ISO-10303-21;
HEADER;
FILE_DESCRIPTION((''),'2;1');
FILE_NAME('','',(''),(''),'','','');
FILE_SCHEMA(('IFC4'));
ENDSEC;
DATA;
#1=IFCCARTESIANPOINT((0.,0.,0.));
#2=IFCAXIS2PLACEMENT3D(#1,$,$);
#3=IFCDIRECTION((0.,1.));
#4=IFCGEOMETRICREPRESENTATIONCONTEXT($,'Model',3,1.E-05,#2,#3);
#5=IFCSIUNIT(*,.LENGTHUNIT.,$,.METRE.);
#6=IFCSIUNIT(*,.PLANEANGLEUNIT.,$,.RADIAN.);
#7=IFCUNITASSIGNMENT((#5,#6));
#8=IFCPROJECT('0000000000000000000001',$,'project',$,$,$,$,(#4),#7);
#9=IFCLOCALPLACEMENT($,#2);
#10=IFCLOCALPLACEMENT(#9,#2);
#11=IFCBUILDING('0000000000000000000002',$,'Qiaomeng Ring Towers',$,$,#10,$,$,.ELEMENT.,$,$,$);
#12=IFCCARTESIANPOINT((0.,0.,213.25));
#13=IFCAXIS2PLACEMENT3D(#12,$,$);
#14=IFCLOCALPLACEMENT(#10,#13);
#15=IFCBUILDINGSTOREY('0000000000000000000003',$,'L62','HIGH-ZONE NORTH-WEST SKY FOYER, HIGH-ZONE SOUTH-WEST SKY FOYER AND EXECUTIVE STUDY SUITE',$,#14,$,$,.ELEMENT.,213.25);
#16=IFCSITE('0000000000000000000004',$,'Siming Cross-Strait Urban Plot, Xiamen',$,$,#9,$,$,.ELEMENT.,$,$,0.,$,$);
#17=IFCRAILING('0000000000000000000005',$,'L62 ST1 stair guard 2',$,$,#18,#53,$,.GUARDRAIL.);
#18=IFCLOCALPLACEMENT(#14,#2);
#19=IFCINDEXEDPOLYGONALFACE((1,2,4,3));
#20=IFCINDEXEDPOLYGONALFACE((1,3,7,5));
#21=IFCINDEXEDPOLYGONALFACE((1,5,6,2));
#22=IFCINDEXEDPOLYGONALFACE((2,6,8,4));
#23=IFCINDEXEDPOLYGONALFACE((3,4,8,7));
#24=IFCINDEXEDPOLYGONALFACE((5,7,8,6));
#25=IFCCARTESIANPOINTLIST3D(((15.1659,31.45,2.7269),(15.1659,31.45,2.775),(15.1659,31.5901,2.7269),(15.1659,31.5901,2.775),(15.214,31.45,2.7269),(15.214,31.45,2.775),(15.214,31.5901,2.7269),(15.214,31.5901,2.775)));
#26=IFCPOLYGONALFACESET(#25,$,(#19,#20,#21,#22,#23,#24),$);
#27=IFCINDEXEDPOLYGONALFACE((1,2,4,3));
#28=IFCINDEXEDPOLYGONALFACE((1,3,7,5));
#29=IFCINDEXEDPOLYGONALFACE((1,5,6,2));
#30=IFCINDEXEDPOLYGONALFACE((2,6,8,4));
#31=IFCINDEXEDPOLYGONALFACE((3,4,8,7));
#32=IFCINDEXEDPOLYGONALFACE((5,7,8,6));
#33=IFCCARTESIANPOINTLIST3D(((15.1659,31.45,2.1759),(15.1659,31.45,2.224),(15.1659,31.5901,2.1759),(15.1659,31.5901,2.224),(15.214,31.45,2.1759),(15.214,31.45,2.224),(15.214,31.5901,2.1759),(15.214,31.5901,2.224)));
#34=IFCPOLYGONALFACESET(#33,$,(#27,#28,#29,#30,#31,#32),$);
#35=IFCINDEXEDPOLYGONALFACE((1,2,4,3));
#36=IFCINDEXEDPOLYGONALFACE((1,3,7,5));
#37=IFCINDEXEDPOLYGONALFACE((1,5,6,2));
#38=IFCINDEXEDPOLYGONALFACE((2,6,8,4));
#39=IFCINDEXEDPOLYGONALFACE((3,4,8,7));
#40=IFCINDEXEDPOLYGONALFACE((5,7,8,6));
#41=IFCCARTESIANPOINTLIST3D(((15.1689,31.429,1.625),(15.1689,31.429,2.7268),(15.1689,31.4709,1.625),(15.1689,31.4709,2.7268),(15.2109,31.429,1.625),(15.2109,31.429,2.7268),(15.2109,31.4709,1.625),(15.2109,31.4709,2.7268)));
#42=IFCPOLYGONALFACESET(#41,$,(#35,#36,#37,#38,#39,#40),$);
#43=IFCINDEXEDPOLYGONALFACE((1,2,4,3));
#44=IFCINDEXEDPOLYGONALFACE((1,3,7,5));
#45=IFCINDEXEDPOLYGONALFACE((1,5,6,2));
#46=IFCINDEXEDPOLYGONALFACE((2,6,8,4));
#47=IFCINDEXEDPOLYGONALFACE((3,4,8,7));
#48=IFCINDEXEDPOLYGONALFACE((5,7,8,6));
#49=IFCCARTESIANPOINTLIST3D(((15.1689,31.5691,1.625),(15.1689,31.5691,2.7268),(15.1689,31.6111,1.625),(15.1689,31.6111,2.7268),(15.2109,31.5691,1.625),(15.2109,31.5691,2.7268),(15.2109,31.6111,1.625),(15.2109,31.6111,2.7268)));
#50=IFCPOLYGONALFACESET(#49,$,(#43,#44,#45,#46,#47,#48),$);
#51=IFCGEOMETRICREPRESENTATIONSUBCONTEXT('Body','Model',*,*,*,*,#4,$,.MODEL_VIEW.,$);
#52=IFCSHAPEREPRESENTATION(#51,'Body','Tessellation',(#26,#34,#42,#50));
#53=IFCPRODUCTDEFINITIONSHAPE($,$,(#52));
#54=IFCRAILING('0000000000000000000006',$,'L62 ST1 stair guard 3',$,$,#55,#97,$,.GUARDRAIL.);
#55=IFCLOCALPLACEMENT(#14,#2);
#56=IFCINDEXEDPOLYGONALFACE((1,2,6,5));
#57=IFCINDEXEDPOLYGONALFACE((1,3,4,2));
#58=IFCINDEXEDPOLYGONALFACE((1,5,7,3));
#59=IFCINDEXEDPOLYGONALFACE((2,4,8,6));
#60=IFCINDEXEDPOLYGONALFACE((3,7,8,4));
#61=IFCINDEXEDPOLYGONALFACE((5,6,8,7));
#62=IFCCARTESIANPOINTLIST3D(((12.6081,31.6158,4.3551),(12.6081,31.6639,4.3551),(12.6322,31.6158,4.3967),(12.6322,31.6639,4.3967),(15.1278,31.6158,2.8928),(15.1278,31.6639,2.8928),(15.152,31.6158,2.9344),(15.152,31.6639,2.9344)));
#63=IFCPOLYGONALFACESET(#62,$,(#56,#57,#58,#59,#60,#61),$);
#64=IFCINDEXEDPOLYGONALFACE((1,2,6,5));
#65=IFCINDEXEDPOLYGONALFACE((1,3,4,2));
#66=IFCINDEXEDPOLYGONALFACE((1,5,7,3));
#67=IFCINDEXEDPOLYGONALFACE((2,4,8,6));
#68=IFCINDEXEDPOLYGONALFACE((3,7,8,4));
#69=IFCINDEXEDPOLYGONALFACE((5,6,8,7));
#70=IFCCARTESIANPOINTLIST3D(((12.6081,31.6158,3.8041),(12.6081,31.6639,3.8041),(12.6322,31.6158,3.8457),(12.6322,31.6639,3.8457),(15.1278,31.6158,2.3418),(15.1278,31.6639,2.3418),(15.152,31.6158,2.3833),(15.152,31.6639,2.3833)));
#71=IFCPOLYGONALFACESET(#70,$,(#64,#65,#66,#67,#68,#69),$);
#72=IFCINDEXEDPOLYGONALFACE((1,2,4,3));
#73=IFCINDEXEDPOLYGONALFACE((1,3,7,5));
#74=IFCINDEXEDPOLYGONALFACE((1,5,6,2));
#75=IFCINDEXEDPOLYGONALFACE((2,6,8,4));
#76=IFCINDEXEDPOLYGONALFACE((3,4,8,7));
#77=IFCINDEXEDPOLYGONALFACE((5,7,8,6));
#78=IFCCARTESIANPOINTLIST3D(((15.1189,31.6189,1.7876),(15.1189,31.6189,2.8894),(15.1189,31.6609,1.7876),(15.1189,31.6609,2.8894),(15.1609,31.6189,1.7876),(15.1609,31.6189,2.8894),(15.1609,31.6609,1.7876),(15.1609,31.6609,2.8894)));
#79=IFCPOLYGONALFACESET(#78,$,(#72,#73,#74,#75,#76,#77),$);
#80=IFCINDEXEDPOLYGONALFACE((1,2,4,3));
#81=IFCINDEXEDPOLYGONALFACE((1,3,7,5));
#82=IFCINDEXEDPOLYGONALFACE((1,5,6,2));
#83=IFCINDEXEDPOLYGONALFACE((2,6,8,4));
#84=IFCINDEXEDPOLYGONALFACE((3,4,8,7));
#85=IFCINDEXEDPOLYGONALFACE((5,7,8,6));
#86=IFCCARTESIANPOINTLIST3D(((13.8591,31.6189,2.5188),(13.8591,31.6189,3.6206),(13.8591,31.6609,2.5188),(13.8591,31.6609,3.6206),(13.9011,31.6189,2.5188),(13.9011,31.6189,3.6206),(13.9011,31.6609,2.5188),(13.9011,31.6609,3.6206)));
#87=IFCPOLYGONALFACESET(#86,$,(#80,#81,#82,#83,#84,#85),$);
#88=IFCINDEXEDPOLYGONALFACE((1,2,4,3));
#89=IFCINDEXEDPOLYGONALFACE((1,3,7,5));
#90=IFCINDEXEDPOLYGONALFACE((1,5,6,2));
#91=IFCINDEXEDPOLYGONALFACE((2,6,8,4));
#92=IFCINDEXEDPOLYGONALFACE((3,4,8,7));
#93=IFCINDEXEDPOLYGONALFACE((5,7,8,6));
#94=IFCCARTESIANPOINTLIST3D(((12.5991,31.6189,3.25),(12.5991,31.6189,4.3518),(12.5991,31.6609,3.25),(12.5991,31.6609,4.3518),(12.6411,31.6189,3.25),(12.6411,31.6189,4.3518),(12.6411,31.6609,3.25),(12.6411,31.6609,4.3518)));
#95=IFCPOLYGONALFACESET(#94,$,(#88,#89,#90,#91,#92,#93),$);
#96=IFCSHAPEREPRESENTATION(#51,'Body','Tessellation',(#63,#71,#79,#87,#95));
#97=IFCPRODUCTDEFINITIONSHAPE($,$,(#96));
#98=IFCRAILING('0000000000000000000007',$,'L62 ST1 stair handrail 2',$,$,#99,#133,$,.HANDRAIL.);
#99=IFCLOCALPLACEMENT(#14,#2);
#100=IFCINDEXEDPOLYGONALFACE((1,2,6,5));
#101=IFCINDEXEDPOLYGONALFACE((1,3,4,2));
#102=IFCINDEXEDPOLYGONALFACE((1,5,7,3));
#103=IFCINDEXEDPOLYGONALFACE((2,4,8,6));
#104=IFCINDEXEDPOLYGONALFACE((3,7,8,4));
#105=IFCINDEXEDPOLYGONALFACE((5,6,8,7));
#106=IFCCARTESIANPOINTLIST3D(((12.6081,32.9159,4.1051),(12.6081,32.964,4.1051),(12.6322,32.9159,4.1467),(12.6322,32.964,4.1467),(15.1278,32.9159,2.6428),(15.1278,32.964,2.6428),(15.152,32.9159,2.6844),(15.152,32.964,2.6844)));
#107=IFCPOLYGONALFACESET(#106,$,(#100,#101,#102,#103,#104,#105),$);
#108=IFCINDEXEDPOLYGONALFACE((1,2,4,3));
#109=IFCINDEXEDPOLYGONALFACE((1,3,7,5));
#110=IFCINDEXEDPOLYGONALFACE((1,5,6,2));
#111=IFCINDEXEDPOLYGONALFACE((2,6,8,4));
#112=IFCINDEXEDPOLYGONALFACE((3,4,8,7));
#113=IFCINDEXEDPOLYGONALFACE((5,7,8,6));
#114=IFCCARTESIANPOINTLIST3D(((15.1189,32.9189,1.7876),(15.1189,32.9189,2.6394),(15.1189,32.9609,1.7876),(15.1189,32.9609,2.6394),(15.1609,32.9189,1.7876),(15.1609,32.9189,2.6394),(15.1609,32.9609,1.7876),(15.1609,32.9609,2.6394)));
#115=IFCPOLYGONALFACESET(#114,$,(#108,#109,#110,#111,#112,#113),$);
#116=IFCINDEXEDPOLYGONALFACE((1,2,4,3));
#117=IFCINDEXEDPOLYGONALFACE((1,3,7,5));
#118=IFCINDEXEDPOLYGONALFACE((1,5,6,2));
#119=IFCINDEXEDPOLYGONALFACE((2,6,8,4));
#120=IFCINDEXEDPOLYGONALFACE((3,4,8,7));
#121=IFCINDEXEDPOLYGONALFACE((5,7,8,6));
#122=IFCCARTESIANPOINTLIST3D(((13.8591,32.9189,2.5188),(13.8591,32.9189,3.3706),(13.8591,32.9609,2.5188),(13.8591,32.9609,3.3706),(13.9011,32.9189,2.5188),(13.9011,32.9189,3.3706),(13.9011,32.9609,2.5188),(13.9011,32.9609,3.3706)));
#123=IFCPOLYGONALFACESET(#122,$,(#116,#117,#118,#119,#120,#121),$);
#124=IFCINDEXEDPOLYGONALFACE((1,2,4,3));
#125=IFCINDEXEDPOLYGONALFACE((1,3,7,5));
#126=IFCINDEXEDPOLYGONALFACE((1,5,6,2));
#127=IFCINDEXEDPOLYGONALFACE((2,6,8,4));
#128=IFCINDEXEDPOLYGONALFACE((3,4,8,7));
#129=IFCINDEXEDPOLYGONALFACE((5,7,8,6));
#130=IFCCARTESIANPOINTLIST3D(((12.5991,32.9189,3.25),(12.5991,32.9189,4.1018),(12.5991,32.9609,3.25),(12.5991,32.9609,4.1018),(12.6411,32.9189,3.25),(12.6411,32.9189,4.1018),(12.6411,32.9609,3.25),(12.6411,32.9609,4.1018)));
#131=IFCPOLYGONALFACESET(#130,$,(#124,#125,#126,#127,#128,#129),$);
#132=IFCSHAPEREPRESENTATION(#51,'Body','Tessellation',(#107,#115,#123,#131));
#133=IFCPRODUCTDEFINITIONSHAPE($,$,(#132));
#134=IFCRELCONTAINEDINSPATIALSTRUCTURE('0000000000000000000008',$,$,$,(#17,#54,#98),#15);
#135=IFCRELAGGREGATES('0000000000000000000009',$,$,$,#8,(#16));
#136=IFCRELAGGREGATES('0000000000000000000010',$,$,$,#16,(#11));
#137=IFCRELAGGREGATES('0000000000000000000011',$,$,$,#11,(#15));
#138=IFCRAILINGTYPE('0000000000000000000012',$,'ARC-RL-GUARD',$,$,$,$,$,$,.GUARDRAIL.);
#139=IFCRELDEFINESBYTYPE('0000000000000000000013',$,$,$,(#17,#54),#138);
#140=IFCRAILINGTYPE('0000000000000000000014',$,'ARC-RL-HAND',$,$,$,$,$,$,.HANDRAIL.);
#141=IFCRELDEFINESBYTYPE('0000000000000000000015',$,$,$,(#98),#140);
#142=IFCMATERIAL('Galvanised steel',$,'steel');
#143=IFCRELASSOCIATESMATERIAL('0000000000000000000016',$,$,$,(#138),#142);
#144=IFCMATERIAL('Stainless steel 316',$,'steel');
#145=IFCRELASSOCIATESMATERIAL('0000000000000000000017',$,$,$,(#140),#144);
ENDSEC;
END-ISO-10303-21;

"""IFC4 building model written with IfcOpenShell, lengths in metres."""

from ifc_helpers import new_model, si_unit, direction, frame, origin, origin_2d, place, context, subcontext, project, spatial, rectangle, extrude, material, type_object, element, save


model = new_model("IFC4")

# Units and contexts
model_context = context("Model", 3, precision=1e-05, world=origin(), true_north=direction((0.0, 1.0)))
body_context = subcontext(model_context, "Body", "Model", "MODEL_VIEW")
ifc_project = project(units=[si_unit("LENGTHUNIT", "METRE"), si_unit("PLANEANGLEUNIT", "RADIAN")], contexts=[model_context])

# Site, building, storey
site_placement = place(None, origin())
site = spatial("IfcSite", under=ifc_project, at=site_placement, Name="Siming Cross-Strait Urban Plot, Xiamen", CompositionType="ELEMENT", RefElevation=0.0)
building_placement = place(site_placement, origin())
building = spatial("IfcBuilding", under=site, at=building_placement, Name="Qiaomeng Ring Towers", CompositionType="ELEMENT")
storey_placement = place(building_placement, frame((0.0, 0.0, 213.25)))
storey = spatial("IfcBuildingStorey", under=building, at=storey_placement, Name="L62", Description="HIGH-ZONE NORTH-WEST SKY FOYER, HIGH-ZONE SOUTH-WEST SKY FOYER AND EXECUTIVE STUDY SUITE", CompositionType="ELEMENT", Elevation=213.25)

# Shared definitions
ifc_material_1 = material(Name="Galvanised steel", Category="steel")

# Shared definitions
ifc_material_2 = material(Name="Stainless steel 316", Category="steel")

# Railings
railing_type_1 = type_object("IfcRailingType", Name="ARC-RL-GUARD", PredefinedType="GUARDRAIL", material=ifc_material_1)
railing_1_placement = place(storey_placement, frame((15.1899, 31.45, 1.625)))
element("IfcRailing", 1, at=railing_1_placement, inside=storey, type_object=railing_type_1, Name="L62 ST1 stair guard 2", PredefinedType="GUARDRAIL", context=body_context, shape_type="SweptSolid", body=[
    extrude(rectangle(XDim=0.0481, YDim=0.0481, at=origin_2d()), frame((0.0, 0.0, 1.126), z_axis=(0.0, 1.0, 0.0), x_axis=(-1.0, 0.0, 0.0)), (0.0, 0.0, 1.0), 0.1401),
    extrude(rectangle(XDim=0.0481, YDim=0.0481, at=origin_2d()), frame((0.0, 0.0, 0.575), z_axis=(0.0, 1.0, 0.0), x_axis=(-1.0, 0.0, 0.0)), (0.0, 0.0, 1.0), 0.1401),
    extrude(rectangle(XDim=0.042, YDim=0.042, at=origin_2d()), origin(), (0.0, 0.0, 1.0), 1.1018),
    extrude(rectangle(XDim=0.042, YDim=0.042, at=origin_2d()), frame((0.0, 0.1401, 0.0)), (0.0, 0.0, 1.0), 1.1018),
])
railing_2_placement = place(storey_placement, frame((15.1399, 31.6399, 1.7876)))
element("IfcRailing", 2, at=railing_2_placement, inside=storey, type_object=railing_type_1, Name="L62 ST1 stair guard 3", PredefinedType="GUARDRAIL", context=body_context, shape_type="SweptSolid", body=[
    extrude(rectangle(XDim=0.0481, YDim=0.0481, at=origin_2d()), frame((0.0, 0.0, 1.126), z_axis=(-0.864892, 0.0, 0.501958), x_axis=(0.0, -1.0, 0.0)), (0.0, 0.0, 1.0), 2.9133),
    extrude(rectangle(XDim=0.0481, YDim=0.0481, at=origin_2d()), frame((0.0, 0.0, 0.575), z_axis=(-0.864892, 0.0, 0.501958), x_axis=(0.0, -1.0, 0.0)), (0.0, 0.0, 1.0), 2.9133),
    extrude(rectangle(XDim=0.042, YDim=0.042, at=origin_2d()), origin(), (0.0, 0.0, 1.0), 1.1018),
    extrude(rectangle(XDim=0.042, YDim=0.042, at=origin_2d()), frame((-1.2598, 0.0, 0.7312)), (0.0, 0.0, 1.0), 1.1018),
    extrude(rectangle(XDim=0.042, YDim=0.042, at=origin_2d()), frame((-2.5198, 0.0, 1.4624)), (0.0, 0.0, 1.0), 1.1018),
])
railing_type_2 = type_object("IfcRailingType", Name="ARC-RL-HAND", PredefinedType="HANDRAIL", material=ifc_material_2)
railing_3_placement = place(storey_placement, frame((15.1399, 32.9399, 1.7876)))
element("IfcRailing", 3, at=railing_3_placement, inside=storey, type_object=railing_type_2, Name="L62 ST1 stair handrail 2", PredefinedType="HANDRAIL", context=body_context, shape_type="SweptSolid", body=[
    extrude(rectangle(XDim=0.0481, YDim=0.0481, at=origin_2d()), frame((0.0, 0.0, 0.876), z_axis=(-0.864892, 0.0, 0.501958), x_axis=(0.0, -1.0, 0.0)), (0.0, 0.0, 1.0), 2.9133),
    extrude(rectangle(XDim=0.042, YDim=0.042, at=origin_2d()), origin(), (0.0, 0.0, 1.0), 0.8518),
    extrude(rectangle(XDim=0.042, YDim=0.042, at=origin_2d()), frame((-1.2598, 0.0, 0.7312)), (0.0, 0.0, 1.0), 0.8518),
    extrude(rectangle(XDim=0.042, YDim=0.042, at=origin_2d()), frame((-2.5198, 0.0, 1.4624)), (0.0, 0.0, 1.0), 0.8518),
])

save(model, "model.ifc")
